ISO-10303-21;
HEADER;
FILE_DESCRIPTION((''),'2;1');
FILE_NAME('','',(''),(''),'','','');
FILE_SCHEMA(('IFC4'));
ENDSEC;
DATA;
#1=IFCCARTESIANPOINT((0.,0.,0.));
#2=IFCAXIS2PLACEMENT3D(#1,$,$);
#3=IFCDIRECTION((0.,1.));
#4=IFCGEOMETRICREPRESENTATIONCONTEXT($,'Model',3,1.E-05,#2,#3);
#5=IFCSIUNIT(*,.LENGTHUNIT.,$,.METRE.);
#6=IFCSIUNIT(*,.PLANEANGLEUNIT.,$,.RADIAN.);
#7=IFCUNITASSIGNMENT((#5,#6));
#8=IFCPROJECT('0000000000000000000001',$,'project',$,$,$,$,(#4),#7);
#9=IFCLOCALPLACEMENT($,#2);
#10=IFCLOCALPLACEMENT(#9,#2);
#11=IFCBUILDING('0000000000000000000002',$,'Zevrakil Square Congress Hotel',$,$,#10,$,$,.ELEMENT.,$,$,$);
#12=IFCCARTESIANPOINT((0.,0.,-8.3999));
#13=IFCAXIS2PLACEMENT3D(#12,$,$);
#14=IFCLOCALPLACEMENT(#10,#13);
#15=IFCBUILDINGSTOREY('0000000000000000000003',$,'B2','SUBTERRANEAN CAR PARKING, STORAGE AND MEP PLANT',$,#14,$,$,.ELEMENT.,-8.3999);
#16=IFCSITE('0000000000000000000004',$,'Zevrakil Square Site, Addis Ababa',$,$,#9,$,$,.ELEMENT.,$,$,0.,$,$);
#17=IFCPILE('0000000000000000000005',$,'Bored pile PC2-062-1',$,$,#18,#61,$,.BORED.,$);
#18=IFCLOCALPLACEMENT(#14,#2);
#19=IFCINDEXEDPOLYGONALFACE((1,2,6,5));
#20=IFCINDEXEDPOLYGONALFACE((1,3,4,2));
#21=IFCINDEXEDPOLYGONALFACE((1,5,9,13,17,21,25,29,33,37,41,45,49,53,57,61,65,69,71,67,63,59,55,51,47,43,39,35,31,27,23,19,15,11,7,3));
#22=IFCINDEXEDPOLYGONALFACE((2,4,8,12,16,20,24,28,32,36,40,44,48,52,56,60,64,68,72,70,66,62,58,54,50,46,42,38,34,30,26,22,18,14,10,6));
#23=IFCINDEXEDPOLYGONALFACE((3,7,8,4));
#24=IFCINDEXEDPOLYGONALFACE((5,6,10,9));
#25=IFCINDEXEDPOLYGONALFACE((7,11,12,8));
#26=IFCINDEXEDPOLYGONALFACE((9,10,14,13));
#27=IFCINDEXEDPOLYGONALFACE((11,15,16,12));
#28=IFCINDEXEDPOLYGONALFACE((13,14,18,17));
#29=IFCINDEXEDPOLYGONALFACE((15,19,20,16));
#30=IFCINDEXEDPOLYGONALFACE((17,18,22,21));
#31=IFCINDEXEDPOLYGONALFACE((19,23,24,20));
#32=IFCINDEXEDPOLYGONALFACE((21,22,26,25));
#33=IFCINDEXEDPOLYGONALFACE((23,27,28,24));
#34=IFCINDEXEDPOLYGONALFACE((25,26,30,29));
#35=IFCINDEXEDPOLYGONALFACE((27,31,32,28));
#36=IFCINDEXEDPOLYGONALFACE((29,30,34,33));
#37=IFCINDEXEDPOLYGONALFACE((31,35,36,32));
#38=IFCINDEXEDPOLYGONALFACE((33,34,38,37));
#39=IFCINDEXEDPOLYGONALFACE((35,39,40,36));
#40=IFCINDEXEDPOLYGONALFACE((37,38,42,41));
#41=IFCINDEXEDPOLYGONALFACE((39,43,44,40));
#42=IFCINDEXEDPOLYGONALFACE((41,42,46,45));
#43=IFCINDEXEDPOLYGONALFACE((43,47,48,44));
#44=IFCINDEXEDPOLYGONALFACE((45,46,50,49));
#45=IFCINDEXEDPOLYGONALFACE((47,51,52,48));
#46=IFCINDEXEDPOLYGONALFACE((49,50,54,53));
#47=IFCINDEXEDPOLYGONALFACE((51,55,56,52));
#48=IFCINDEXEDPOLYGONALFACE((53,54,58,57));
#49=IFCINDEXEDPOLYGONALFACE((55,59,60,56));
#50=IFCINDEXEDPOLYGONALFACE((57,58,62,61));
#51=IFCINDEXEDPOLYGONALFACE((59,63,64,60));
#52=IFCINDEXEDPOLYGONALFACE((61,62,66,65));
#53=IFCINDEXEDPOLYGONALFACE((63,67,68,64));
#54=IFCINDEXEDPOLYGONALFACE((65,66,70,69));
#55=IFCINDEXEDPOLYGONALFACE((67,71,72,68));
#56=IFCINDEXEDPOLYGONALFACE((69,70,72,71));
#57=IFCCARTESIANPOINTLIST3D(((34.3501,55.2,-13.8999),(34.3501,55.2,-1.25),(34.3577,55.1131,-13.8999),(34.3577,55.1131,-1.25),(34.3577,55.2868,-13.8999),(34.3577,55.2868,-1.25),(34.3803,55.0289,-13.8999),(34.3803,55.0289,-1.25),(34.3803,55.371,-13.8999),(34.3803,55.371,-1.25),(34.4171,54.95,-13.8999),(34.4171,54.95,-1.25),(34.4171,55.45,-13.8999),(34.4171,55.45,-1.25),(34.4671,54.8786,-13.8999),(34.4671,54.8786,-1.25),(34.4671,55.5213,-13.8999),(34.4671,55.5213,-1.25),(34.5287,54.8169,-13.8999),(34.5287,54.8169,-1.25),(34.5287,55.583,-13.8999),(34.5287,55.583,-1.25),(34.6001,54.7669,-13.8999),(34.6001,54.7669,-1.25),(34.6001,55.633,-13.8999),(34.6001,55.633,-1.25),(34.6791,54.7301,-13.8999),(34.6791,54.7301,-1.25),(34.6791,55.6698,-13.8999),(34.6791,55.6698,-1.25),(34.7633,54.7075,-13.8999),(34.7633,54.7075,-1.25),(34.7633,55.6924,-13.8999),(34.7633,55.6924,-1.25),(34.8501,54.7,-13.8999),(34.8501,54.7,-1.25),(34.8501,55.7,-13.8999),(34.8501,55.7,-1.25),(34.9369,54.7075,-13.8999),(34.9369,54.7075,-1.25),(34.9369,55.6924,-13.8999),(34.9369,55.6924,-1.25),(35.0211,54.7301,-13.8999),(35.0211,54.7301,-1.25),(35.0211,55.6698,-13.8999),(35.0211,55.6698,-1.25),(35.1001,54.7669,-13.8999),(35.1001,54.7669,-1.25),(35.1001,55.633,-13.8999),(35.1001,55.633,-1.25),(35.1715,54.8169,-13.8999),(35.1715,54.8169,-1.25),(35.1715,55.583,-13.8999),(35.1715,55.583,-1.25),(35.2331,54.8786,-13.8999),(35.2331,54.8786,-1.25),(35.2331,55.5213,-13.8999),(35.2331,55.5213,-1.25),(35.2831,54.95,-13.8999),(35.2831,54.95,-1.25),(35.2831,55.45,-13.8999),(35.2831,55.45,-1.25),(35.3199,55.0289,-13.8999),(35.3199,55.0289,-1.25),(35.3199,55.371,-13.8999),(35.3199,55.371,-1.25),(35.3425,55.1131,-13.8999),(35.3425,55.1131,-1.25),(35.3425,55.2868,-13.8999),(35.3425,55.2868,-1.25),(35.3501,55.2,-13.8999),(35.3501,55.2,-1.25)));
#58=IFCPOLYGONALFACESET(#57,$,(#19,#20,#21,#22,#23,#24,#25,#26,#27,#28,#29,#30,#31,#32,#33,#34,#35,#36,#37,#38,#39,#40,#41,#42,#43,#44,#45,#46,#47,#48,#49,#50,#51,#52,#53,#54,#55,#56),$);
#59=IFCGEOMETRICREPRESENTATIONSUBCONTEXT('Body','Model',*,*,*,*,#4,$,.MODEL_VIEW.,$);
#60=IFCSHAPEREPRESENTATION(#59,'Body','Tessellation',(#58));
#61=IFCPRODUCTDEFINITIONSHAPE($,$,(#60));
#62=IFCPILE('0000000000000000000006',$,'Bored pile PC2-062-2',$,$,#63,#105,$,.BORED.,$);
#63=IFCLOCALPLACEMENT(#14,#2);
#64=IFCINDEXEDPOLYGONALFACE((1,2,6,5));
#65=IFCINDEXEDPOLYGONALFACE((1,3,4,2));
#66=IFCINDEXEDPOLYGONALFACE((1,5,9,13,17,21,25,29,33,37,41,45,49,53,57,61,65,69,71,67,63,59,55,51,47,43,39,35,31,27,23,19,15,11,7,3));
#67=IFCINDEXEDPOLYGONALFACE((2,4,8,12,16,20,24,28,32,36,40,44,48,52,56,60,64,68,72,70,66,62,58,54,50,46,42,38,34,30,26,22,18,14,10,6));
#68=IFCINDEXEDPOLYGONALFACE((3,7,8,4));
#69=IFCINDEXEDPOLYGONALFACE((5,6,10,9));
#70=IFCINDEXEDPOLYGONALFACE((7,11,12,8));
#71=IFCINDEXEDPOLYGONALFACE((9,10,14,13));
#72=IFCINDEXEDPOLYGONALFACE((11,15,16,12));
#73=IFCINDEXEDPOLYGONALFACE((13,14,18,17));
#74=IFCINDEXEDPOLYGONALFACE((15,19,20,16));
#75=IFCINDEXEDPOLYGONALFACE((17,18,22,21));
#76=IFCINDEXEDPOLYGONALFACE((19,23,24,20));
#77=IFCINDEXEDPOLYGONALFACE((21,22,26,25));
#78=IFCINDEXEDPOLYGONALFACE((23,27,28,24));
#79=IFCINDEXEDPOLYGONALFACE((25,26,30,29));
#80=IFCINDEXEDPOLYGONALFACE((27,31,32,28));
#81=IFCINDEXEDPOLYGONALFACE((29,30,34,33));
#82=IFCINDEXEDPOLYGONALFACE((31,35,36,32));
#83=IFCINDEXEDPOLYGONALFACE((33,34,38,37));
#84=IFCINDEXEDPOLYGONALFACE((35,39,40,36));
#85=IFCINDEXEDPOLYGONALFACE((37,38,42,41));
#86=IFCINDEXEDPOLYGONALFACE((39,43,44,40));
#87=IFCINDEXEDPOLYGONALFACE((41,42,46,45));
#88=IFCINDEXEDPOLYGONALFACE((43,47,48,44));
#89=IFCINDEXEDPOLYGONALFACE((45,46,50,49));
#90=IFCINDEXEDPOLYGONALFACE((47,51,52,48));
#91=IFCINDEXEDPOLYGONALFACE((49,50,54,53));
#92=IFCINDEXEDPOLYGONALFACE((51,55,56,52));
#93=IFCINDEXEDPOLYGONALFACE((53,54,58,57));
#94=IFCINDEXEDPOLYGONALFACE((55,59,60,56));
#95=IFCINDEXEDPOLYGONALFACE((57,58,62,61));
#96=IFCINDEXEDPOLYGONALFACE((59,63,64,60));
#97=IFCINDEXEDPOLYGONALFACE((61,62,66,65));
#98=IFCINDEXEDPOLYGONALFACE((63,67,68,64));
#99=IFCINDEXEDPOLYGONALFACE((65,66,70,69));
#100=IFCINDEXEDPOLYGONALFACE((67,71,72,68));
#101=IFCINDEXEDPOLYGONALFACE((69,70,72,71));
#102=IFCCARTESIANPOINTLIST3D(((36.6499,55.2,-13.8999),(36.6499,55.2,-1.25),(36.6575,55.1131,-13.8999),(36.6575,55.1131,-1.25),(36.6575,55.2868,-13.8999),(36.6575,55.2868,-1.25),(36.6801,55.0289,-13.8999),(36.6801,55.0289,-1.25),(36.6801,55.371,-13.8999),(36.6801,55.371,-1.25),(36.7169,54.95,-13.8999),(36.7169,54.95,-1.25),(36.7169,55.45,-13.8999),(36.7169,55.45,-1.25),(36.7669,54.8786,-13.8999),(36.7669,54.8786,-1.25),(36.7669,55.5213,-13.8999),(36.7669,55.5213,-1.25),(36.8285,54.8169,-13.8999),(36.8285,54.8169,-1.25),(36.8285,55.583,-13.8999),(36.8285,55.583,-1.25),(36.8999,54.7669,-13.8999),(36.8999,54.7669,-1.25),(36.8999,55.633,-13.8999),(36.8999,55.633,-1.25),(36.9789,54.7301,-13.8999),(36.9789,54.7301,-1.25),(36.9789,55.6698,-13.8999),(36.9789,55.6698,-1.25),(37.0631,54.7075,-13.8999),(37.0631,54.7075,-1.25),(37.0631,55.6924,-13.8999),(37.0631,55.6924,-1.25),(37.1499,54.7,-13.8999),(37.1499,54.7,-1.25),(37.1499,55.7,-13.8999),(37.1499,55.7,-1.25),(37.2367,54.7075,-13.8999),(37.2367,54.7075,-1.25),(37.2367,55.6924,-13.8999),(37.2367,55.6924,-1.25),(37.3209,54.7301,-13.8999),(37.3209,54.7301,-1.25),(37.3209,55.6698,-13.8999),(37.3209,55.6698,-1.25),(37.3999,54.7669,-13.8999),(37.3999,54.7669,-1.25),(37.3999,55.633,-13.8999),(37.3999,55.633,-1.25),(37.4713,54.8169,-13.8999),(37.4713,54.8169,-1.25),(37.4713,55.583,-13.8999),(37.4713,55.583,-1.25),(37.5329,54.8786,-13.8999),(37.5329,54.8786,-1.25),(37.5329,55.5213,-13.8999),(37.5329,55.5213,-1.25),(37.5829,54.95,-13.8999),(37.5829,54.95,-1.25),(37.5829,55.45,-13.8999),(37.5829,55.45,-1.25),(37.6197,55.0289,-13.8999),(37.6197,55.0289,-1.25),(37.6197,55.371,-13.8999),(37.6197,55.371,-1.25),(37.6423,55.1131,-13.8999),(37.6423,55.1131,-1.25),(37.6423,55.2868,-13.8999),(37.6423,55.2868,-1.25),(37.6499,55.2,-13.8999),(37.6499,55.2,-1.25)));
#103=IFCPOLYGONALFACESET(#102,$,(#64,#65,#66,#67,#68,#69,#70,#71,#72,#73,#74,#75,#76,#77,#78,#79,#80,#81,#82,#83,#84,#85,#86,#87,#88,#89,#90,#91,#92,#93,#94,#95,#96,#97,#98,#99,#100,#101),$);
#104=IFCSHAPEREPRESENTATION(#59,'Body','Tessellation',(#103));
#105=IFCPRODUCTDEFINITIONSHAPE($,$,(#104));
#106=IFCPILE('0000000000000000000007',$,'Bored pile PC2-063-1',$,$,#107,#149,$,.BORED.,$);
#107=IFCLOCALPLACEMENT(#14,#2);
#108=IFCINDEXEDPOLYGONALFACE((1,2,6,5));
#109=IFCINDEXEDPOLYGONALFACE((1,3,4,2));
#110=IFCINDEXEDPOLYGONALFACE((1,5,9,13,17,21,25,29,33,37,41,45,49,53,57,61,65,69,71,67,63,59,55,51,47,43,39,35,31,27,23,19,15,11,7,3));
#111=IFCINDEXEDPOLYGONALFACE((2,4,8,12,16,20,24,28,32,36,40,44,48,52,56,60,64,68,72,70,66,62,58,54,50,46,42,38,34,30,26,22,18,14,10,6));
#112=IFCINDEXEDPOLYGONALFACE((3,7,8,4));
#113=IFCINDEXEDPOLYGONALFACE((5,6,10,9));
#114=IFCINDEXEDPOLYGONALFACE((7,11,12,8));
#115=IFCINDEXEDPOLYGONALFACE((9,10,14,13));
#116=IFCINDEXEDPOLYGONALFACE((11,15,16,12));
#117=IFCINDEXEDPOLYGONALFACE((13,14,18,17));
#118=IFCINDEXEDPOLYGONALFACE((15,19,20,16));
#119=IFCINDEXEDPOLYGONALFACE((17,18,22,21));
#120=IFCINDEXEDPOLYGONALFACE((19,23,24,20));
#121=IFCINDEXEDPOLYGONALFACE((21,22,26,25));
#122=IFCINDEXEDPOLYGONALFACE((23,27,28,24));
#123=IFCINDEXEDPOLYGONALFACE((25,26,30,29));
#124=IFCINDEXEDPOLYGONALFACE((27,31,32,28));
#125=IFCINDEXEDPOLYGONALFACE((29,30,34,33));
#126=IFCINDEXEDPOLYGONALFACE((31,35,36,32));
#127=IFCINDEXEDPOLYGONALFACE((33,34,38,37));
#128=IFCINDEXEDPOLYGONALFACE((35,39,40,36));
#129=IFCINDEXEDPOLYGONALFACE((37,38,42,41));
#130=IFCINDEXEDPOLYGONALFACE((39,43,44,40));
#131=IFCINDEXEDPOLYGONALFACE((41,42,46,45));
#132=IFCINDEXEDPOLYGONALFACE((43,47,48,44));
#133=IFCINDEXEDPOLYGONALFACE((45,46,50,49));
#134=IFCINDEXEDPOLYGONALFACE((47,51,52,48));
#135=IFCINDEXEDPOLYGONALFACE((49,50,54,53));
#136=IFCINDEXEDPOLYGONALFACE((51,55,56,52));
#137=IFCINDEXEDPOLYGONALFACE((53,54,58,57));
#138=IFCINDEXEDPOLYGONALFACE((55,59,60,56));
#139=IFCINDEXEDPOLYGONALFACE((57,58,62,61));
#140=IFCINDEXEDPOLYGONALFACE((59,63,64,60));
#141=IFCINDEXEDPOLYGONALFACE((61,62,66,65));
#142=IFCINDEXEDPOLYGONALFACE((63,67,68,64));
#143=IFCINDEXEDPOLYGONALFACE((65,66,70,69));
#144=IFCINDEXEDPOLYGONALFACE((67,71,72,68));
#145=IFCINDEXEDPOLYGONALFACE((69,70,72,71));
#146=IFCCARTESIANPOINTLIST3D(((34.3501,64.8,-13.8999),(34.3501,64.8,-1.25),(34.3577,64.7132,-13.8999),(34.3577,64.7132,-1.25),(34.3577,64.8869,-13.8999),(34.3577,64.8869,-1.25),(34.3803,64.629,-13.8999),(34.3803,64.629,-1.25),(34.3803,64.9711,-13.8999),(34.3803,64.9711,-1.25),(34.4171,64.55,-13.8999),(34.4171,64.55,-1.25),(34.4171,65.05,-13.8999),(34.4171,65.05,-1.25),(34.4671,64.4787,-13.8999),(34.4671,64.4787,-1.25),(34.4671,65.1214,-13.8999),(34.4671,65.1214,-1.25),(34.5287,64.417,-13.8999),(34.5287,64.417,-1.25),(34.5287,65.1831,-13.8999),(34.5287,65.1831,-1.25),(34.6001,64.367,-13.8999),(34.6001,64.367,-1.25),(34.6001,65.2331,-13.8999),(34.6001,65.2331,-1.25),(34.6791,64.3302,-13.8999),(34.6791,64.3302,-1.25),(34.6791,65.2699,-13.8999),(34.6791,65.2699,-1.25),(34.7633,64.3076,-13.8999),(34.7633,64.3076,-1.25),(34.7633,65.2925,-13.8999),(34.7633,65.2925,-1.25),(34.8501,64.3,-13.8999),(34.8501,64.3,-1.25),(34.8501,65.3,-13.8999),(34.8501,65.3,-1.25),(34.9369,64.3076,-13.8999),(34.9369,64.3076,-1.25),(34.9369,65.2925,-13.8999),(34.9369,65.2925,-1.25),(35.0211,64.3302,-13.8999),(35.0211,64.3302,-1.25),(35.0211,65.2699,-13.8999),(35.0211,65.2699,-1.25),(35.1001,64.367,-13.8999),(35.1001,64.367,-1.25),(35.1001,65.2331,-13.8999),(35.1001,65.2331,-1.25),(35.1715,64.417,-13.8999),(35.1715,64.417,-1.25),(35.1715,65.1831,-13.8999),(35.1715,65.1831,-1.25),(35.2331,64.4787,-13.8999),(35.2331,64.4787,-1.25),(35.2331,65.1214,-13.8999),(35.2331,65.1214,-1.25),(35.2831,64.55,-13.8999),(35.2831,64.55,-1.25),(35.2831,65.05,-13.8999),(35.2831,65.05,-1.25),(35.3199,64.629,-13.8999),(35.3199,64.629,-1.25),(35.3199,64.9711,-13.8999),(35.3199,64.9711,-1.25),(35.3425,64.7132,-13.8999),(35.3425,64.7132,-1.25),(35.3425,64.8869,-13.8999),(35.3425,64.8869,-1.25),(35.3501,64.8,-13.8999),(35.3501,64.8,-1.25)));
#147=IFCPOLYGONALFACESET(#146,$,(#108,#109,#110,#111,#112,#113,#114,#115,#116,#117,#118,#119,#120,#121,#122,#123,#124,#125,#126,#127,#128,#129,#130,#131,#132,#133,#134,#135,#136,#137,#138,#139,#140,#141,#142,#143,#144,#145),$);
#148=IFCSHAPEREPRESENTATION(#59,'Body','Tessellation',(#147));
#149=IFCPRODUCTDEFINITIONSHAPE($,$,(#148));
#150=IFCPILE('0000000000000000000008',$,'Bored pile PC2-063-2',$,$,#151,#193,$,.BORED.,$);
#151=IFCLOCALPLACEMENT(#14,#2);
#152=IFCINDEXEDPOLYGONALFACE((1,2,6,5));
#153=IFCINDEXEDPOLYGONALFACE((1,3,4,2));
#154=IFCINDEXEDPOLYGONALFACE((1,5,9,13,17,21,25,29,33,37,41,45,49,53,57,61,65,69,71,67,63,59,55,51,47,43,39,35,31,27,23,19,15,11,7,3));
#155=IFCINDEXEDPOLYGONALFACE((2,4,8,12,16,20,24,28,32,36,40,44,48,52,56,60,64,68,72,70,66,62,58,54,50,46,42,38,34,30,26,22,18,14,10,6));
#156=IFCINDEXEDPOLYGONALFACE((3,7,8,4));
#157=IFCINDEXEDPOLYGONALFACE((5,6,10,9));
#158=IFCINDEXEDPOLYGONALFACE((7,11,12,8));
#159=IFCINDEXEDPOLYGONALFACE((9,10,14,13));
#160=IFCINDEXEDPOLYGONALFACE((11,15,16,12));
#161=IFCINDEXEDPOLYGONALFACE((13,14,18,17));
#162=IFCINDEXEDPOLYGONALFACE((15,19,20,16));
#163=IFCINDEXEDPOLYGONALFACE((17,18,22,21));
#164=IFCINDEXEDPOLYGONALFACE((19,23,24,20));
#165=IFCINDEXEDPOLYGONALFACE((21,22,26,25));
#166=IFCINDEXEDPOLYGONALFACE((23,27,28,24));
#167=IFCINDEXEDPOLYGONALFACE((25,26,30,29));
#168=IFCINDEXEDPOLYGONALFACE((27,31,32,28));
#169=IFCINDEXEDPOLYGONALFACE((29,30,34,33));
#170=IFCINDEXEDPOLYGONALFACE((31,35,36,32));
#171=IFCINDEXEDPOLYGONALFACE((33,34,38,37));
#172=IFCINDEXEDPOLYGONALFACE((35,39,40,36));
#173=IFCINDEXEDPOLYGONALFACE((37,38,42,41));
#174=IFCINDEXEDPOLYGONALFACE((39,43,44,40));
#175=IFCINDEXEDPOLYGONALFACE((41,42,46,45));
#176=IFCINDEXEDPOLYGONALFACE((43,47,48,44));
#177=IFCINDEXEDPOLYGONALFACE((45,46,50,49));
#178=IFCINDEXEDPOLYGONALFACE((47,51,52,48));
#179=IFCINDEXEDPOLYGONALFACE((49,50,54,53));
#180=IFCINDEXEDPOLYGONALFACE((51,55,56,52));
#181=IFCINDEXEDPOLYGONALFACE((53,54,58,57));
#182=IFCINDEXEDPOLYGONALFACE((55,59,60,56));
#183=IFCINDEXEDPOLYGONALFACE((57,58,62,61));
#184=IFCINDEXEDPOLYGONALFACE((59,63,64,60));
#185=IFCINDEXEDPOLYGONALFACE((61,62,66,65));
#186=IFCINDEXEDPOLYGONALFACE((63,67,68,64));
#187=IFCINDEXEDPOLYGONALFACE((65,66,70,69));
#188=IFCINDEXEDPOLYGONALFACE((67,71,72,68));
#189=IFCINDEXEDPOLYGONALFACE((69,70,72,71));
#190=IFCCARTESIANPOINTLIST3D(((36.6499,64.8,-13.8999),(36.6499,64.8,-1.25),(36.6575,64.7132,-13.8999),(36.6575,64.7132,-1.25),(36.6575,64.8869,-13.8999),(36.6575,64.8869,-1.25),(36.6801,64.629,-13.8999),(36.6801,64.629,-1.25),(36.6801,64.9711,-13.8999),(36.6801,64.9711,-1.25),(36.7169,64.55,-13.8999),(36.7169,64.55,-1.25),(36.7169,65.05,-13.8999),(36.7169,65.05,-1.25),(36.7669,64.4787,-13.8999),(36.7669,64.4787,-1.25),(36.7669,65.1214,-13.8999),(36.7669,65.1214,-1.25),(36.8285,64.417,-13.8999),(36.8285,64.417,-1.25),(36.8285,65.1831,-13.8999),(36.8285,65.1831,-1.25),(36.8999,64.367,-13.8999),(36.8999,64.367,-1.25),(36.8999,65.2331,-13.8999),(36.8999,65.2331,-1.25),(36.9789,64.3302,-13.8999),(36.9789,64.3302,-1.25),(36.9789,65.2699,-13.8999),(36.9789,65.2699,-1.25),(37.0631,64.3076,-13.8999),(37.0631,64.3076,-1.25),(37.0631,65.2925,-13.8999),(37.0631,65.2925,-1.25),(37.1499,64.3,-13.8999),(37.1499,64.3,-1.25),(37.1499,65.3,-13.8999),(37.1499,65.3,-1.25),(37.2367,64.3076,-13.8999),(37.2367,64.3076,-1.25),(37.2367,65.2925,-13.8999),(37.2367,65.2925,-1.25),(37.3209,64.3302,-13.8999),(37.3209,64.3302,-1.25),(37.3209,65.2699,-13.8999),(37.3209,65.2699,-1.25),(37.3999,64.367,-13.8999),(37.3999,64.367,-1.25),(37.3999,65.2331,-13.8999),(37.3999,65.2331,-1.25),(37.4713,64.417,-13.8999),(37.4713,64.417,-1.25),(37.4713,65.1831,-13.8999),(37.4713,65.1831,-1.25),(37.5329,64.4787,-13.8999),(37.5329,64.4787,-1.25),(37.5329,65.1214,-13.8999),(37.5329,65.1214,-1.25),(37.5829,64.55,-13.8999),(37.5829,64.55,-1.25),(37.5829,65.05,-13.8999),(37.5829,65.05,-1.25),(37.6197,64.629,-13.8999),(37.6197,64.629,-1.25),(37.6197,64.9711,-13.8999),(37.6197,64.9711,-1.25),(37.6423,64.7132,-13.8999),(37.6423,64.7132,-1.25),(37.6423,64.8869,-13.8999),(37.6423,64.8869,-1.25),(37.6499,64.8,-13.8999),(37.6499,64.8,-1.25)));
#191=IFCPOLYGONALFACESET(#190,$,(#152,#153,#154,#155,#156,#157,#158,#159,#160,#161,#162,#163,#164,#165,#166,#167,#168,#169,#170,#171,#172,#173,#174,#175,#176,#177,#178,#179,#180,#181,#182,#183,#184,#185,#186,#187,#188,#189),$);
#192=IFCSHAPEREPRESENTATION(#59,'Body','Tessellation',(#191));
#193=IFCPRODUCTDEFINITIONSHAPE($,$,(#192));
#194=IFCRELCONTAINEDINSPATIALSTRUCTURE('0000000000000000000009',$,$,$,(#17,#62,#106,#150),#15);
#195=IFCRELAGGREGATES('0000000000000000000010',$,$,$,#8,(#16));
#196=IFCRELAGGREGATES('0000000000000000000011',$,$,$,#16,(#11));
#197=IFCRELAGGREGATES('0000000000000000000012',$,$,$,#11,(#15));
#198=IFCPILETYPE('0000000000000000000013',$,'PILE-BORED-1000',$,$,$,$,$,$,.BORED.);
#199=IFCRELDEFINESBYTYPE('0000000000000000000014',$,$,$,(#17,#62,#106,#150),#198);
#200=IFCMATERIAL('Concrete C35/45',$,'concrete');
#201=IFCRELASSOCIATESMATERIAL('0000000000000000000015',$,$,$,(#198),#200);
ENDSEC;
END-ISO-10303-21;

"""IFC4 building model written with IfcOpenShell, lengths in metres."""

from ifc_helpers import new_model, si_unit, direction, frame, origin, origin_2d, place, context, subcontext, project, spatial, circle, extrude, material, material_profile, profile_set, type_object, element, save


model = new_model("IFC4")

# Units and contexts
model_context = context("Model", 3, precision=1e-05, world=origin(), true_north=direction((0.0, 1.0)))
body_context = subcontext(model_context, "Body", "Model", "MODEL_VIEW")
ifc_project = project(units=[si_unit("LENGTHUNIT", "METRE"), si_unit("PLANEANGLEUNIT", "RADIAN")], contexts=[model_context])

# Site, building, storey
site_placement = place(None, origin())
site = spatial("IfcSite", under=ifc_project, at=site_placement, Name="Zevrakil Square Site, Addis Ababa", CompositionType="ELEMENT", RefElevation=0.0)
building_placement = place(site_placement, origin())
building = spatial("IfcBuilding", under=site, at=building_placement, Name="Zevrakil Square Congress Hotel", CompositionType="ELEMENT")
storey_placement = place(building_placement, frame((0.0, 0.0, -8.3999)))
storey = spatial("IfcBuildingStorey", under=building, at=storey_placement, Name="B2", Description="SUBTERRANEAN CAR PARKING, STORAGE AND MEP PLANT", CompositionType="ELEMENT", Elevation=-8.3999)

# Piles
ifc_material_1 = material(Name="Concrete C35/45", Category="concrete")
ifc_material_profile_1 = material_profile(ifc_material_1, circle(Radius=0.5, at=origin_2d()), Name="PILE D1000")
ifc_profile_set_1 = profile_set([ifc_material_profile_1], Name="Concrete C35/45")
pile_type = type_object("IfcPileType", Name="PILE-BORED-1000", PredefinedType="BORED", material=ifc_profile_set_1)
for number, where, z_axis, x_axis, name in (
    (1, (34.8501, 55.2, -1.25), (0.0, 0.0, -1.0), (1.0, 0.0, 0.0), "Bored pile PC2-062-1"),
    (2, (37.1499, 55.2, -1.25), (0.0, 0.0, -1.0), (1.0, 0.0, 0.0), "Bored pile PC2-062-2"),
    (3, (34.8501, 64.8, -1.25), (0.0, 0.0, -1.0), (1.0, 0.0, 0.0), "Bored pile PC2-063-1"),
    (4, (37.1499, 64.8, -1.25), (0.0, 0.0, -1.0), (1.0, 0.0, 0.0), "Bored pile PC2-063-2"),
):
    element("IfcPile", number, at=place(storey_placement, frame(where, z_axis=z_axis, x_axis=x_axis)), inside=storey, type_object=pile_type, Name=name, PredefinedType="BORED", context=body_context, shape_type="SweptSolid", body=[
        extrude(circle(Radius=0.5, at=origin_2d()), origin(), (0.0, 0.0, 1.0), 12.6499),
    ])

save(model, "model.ifc")
